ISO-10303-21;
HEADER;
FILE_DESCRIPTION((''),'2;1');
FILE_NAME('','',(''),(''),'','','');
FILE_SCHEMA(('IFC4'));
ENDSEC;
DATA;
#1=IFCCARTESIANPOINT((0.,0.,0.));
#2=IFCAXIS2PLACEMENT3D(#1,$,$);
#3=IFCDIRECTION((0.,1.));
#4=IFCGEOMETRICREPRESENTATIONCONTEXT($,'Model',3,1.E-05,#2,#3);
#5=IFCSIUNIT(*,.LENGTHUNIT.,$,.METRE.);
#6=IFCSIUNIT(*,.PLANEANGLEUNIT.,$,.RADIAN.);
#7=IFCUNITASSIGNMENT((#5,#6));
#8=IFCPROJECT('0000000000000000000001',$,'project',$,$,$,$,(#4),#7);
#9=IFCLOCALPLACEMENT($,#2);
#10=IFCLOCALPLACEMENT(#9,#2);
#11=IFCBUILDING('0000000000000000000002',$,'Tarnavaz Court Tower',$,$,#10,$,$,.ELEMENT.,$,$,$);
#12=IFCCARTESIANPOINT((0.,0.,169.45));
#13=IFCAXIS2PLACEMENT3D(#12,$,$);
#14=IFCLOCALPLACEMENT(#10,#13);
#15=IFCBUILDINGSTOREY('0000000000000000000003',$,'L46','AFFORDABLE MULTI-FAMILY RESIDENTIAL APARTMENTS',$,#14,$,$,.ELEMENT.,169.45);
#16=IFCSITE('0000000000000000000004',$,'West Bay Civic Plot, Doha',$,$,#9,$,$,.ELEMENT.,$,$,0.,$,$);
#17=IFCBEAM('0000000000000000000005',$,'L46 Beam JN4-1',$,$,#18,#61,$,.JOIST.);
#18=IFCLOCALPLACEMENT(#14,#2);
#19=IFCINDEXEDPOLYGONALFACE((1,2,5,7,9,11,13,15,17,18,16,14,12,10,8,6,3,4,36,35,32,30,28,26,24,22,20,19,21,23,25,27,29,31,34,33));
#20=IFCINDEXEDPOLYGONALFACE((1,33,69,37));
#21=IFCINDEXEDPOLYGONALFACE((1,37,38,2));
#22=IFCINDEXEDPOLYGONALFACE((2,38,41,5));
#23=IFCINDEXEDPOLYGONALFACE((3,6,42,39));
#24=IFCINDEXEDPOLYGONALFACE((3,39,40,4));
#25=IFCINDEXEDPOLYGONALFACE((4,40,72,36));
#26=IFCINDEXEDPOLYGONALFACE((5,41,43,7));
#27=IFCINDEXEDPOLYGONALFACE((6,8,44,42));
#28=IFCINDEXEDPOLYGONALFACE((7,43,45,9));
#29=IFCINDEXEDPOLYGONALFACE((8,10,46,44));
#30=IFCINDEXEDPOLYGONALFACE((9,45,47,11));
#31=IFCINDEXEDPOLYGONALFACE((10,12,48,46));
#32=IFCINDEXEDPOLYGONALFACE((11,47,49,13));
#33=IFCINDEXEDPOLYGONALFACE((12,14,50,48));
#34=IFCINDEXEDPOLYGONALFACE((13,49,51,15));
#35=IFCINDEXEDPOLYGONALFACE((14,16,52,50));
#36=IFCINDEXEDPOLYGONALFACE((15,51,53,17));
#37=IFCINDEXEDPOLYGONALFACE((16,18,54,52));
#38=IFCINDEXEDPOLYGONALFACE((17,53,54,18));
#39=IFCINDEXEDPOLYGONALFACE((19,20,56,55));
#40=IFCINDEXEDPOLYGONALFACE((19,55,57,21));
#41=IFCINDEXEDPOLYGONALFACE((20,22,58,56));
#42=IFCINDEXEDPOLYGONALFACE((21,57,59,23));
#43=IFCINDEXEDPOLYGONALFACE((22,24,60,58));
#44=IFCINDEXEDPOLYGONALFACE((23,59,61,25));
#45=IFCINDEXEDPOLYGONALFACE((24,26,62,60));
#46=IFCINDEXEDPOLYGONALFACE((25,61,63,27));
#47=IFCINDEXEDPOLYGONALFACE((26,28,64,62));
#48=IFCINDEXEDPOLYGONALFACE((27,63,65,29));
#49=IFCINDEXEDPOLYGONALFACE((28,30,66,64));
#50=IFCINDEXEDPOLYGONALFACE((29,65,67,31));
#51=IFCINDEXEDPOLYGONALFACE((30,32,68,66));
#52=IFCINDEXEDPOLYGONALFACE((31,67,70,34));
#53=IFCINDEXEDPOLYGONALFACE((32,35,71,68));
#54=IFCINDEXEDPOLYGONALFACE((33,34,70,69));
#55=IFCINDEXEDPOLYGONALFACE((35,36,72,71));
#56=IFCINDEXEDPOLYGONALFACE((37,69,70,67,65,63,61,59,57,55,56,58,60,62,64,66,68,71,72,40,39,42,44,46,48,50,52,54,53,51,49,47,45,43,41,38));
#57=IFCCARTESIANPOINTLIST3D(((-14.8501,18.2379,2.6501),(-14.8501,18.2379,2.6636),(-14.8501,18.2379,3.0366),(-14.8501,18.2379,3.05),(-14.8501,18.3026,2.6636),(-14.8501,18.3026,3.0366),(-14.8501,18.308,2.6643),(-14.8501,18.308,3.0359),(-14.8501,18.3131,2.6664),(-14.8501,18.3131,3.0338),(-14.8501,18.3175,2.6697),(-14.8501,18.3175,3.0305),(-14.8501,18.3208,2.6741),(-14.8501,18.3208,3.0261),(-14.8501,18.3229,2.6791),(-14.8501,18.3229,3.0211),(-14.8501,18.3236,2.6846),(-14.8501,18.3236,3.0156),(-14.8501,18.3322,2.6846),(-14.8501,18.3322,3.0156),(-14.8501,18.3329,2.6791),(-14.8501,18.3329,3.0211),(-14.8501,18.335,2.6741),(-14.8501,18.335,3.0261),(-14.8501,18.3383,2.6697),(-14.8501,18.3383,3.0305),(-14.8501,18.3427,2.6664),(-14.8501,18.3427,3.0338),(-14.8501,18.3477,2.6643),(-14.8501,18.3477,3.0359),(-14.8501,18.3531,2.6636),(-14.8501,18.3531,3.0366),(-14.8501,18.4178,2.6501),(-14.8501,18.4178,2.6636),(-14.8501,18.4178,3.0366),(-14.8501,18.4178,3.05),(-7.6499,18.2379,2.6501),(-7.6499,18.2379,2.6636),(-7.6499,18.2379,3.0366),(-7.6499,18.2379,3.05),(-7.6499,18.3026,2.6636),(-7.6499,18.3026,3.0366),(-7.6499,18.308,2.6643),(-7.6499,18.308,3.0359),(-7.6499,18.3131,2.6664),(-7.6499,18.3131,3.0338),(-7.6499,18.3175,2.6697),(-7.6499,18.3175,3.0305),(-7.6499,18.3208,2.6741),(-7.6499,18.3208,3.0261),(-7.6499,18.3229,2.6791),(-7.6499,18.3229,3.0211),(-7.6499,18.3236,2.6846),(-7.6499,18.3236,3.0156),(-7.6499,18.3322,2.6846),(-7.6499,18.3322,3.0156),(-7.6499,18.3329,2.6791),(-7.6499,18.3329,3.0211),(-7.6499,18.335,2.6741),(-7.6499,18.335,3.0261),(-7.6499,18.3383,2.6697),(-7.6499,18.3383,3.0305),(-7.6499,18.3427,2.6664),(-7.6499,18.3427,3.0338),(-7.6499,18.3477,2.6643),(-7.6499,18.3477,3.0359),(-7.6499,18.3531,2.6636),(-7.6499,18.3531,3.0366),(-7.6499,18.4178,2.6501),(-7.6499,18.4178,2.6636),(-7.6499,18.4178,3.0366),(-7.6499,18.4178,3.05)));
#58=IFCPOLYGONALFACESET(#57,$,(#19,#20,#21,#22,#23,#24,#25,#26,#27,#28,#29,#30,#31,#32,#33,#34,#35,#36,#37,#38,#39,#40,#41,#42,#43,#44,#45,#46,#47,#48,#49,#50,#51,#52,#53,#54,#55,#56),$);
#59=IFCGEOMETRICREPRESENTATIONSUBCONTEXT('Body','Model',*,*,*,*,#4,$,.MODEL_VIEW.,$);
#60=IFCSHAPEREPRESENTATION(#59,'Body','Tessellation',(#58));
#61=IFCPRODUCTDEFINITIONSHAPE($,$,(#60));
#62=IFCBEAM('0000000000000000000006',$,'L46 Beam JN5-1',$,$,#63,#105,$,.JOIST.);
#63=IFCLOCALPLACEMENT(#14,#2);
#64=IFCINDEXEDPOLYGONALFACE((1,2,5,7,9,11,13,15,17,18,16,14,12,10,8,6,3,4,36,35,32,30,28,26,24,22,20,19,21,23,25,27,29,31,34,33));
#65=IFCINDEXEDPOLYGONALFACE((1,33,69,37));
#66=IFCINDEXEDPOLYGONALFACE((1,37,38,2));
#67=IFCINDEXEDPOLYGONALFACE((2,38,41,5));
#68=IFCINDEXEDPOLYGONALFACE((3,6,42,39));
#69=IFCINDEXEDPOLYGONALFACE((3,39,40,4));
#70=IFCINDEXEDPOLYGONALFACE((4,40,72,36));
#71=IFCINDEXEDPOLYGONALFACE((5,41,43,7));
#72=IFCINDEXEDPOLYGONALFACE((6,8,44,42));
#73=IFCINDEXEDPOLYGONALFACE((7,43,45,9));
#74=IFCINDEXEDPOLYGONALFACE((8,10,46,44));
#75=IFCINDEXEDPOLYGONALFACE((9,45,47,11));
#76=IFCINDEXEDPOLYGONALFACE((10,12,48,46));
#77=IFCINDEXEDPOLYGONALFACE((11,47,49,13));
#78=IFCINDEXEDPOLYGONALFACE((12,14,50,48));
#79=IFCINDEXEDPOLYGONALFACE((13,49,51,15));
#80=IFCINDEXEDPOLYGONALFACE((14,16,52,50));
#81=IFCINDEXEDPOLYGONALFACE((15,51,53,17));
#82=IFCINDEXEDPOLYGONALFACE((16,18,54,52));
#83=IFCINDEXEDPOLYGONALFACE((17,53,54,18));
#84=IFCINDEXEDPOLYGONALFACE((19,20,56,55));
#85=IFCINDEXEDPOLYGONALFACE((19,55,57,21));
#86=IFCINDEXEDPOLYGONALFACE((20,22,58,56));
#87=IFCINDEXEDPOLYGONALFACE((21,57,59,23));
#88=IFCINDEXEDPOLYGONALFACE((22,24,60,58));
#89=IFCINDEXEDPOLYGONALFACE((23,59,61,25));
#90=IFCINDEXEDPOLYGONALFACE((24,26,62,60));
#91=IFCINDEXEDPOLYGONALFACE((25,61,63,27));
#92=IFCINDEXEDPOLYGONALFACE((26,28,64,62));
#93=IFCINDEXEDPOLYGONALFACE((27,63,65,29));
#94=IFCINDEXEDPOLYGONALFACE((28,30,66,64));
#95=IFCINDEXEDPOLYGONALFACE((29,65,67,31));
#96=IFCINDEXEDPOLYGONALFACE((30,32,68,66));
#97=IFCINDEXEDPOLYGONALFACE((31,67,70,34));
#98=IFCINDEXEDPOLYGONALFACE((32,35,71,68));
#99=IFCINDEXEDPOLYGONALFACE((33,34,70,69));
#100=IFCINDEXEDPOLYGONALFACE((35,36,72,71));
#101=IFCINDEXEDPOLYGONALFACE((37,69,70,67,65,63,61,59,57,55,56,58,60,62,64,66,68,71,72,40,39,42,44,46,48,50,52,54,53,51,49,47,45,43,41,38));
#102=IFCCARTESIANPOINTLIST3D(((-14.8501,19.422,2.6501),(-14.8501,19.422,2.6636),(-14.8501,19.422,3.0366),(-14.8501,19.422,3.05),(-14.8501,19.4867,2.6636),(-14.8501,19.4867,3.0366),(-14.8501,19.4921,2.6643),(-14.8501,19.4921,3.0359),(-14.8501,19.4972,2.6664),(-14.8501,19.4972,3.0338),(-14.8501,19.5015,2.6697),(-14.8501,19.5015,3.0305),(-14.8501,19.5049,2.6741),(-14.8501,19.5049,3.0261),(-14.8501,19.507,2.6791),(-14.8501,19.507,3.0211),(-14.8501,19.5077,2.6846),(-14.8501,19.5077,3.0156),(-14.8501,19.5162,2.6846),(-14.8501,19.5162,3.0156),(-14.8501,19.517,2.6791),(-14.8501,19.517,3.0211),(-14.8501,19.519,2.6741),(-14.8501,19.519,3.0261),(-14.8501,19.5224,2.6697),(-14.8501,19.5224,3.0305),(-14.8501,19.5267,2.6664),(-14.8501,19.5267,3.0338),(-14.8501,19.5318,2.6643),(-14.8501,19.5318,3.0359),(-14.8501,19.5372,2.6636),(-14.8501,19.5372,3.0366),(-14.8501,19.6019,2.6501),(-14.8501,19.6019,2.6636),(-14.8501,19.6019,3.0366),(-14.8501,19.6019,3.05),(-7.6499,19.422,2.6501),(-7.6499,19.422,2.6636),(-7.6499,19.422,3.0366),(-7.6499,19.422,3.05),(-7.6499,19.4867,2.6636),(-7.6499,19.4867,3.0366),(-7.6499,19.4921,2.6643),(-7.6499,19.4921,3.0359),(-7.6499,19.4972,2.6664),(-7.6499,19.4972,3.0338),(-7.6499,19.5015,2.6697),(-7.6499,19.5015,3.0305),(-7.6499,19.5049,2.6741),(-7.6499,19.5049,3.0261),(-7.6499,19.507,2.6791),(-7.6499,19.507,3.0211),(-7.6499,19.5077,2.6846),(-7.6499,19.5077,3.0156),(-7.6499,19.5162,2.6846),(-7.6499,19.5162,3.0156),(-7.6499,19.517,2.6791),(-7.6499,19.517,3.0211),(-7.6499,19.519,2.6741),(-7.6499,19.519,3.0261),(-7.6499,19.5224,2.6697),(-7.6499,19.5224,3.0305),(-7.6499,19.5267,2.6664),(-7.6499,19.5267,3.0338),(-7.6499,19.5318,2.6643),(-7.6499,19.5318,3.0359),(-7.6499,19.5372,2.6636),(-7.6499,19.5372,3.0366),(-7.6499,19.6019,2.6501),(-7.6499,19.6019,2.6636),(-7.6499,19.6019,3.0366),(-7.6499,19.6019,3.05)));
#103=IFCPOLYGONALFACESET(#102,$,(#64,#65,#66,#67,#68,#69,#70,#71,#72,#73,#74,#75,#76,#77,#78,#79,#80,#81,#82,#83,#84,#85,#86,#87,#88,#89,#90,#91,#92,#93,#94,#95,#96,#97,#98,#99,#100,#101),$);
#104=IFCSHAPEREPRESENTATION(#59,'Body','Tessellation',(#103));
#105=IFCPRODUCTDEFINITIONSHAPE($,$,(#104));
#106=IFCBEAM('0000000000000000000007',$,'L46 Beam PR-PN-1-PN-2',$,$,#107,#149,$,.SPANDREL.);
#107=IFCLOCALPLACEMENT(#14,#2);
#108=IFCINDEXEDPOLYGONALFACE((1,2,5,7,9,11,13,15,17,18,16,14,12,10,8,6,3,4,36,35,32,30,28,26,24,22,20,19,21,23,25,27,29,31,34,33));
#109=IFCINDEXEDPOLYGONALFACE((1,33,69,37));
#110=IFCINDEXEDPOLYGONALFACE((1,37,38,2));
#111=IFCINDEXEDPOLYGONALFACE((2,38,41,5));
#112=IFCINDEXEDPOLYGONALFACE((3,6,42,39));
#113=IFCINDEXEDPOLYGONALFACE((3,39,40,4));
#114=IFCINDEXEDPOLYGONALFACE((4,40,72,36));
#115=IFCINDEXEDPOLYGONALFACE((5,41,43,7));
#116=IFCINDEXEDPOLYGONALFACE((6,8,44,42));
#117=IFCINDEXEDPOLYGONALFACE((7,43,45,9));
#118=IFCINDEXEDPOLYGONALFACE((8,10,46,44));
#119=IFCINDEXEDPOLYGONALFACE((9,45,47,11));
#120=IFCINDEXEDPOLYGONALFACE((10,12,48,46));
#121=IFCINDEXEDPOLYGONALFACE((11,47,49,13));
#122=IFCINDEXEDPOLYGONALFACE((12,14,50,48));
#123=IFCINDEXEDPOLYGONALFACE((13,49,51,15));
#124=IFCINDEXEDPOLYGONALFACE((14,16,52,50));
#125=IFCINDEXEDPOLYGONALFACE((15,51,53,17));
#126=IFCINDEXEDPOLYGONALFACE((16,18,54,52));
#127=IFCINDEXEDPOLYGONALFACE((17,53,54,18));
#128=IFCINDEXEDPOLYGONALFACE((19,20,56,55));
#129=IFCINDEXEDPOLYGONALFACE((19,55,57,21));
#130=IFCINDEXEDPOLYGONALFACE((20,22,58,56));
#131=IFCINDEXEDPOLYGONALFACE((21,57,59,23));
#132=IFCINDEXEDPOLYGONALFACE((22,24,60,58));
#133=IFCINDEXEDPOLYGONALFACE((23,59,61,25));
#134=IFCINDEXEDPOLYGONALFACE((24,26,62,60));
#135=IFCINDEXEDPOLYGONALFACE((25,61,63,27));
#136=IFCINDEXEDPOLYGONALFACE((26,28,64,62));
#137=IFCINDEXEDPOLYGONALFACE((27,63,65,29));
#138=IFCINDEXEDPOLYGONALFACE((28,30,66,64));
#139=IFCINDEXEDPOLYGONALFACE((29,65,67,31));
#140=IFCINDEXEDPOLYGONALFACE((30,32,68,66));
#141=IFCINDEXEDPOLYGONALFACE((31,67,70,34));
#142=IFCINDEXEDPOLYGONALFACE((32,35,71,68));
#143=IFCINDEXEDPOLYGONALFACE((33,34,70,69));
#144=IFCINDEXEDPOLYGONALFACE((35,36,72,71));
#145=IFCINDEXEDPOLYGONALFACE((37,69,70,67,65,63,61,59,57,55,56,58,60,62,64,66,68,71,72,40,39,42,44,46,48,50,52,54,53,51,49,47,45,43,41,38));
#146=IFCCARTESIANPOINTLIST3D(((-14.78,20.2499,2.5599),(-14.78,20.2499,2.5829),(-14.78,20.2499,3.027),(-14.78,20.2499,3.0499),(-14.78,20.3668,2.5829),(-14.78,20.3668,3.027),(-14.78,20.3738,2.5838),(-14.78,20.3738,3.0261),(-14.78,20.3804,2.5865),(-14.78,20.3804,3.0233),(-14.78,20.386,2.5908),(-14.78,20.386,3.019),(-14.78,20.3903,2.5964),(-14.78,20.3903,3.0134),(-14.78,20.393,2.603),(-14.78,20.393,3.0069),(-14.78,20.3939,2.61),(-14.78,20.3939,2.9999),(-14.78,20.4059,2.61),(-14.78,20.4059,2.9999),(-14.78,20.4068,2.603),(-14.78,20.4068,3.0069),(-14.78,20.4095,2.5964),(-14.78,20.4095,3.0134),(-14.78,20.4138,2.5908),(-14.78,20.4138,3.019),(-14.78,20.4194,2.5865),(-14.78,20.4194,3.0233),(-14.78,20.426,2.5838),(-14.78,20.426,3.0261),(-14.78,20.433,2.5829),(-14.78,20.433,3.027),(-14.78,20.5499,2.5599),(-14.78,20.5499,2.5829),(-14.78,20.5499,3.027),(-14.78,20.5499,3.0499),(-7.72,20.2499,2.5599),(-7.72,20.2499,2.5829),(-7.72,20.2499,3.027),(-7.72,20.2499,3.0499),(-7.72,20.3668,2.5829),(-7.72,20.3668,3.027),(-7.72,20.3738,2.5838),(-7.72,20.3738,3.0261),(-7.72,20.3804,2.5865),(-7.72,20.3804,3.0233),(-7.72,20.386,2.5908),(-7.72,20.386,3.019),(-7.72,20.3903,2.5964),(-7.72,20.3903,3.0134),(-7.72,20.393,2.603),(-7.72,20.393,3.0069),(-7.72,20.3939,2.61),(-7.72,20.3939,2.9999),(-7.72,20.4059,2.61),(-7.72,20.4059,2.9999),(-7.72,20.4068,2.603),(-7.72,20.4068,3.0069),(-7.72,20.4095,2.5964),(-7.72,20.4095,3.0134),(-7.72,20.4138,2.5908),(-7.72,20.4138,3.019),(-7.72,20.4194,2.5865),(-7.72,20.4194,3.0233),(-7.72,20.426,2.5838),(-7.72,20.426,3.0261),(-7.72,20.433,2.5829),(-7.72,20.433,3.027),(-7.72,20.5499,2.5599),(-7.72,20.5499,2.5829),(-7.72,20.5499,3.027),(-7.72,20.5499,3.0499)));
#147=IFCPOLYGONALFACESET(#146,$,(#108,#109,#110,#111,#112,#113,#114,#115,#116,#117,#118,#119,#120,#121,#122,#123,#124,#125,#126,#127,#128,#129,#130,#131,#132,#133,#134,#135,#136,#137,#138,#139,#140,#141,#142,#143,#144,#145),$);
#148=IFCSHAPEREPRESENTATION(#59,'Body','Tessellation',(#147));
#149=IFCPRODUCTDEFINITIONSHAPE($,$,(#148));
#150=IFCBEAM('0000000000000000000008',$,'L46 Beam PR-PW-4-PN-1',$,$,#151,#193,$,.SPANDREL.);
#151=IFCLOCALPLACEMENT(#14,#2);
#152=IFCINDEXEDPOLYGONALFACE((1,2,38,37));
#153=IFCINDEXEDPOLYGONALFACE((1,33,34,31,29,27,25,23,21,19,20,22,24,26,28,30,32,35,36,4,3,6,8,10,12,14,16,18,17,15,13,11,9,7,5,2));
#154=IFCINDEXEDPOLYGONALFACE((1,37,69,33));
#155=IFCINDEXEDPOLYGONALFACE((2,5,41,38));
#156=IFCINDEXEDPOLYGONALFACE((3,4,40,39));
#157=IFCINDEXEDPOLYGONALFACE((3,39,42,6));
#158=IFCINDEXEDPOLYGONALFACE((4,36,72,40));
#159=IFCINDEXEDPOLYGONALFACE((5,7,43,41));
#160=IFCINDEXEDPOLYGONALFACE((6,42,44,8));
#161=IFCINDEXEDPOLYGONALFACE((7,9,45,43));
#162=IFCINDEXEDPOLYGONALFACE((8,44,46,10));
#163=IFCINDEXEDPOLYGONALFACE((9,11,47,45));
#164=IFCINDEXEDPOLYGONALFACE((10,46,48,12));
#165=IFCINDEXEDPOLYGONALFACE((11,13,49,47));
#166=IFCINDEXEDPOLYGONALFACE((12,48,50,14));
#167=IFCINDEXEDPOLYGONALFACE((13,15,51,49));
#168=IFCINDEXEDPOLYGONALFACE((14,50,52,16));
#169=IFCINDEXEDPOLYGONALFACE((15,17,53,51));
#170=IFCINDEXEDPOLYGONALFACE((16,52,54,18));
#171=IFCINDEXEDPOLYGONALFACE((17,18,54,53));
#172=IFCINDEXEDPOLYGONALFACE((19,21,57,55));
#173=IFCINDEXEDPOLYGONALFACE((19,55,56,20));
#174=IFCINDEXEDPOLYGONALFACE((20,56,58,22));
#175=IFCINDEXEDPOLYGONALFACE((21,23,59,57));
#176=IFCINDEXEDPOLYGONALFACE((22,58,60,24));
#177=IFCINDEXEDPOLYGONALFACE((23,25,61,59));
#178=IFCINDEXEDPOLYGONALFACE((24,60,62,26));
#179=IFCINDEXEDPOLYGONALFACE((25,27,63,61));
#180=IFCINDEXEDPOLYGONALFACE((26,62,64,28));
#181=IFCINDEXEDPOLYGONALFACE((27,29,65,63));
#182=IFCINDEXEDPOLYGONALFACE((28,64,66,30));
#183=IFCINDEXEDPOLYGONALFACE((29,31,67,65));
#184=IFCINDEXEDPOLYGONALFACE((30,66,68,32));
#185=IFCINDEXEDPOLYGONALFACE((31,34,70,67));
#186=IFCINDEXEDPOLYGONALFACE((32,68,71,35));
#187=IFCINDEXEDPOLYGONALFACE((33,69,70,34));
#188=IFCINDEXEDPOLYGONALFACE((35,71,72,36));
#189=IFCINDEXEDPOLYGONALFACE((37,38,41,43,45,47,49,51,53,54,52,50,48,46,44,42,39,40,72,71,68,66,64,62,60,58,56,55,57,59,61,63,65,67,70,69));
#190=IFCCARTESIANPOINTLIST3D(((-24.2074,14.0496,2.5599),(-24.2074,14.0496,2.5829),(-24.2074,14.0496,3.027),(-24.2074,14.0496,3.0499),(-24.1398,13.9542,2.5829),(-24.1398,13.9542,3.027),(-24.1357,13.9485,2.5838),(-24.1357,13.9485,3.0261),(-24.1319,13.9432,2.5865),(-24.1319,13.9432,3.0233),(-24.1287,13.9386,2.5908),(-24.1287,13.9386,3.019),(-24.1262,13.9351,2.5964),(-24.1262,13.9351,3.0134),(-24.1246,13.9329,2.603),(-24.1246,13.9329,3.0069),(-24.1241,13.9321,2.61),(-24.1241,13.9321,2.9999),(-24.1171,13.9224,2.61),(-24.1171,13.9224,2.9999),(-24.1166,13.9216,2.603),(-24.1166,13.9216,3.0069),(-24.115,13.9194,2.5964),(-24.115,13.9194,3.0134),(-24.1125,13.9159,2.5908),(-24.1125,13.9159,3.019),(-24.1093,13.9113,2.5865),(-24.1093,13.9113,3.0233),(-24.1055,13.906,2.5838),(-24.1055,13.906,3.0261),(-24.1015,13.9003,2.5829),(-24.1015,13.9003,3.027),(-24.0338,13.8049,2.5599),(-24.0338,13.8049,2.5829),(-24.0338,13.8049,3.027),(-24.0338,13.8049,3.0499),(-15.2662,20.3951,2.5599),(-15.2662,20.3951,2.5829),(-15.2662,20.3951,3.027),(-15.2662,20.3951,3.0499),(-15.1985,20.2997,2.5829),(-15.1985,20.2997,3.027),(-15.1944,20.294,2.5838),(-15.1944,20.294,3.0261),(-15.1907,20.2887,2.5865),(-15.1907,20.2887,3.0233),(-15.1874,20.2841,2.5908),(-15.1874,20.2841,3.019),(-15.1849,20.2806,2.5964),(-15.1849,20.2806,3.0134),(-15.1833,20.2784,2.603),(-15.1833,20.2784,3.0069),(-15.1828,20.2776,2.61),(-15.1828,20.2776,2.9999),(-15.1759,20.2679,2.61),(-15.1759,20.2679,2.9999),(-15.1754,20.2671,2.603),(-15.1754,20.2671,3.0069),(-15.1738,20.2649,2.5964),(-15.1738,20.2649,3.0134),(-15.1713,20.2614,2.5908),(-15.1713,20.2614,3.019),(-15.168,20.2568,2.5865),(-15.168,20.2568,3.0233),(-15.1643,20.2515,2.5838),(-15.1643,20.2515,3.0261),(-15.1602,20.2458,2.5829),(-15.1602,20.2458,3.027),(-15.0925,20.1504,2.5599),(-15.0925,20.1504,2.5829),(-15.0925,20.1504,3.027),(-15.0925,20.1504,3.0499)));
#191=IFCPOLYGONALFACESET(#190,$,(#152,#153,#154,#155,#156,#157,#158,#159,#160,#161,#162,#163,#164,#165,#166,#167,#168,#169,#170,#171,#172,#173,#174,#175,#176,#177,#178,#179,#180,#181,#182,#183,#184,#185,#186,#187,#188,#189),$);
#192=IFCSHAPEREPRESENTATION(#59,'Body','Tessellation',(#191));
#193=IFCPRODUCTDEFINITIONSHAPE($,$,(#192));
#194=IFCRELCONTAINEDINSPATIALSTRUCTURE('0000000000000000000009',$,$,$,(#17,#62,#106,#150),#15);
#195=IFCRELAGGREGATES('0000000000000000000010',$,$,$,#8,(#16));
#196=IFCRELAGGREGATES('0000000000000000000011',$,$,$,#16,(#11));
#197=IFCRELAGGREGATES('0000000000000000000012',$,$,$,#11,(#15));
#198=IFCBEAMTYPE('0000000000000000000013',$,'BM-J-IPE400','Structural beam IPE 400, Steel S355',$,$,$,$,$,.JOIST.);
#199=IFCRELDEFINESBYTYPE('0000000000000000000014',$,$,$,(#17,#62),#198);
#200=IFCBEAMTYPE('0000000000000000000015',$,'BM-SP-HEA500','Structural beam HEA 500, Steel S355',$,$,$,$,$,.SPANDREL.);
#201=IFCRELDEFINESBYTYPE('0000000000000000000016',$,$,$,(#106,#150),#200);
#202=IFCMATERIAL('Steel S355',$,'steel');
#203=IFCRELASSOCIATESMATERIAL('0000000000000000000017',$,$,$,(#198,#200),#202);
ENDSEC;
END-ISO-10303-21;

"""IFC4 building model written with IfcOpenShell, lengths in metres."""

from ifc_helpers import new_model, si_unit, direction, frame, origin, origin_2d, place, context, subcontext, project, spatial, i_section, extrude, material, material_profile, profile_set, type_object, element, save


model = new_model("IFC4")

# Units and contexts
model_context = context("Model", 3, precision=1e-05, world=origin(), true_north=direction((0.0, 1.0)))
body_context = subcontext(model_context, "Body", "Model", "MODEL_VIEW")
ifc_project = project(units=[si_unit("LENGTHUNIT", "METRE"), si_unit("PLANEANGLEUNIT", "RADIAN")], contexts=[model_context])

# Site, building, storey
site_placement = place(None, origin())
site = spatial("IfcSite", under=ifc_project, at=site_placement, Name="West Bay Civic Plot, Doha", CompositionType="ELEMENT", RefElevation=0.0)
building_placement = place(site_placement, origin())
building = spatial("IfcBuilding", under=site, at=building_placement, Name="Tarnavaz Court Tower", CompositionType="ELEMENT")
storey_placement = place(building_placement, frame((0.0, 0.0, 169.45)))
storey = spatial("IfcBuildingStorey", under=building, at=storey_placement, Name="L46", Description="AFFORDABLE MULTI-FAMILY RESIDENTIAL APARTMENTS", CompositionType="ELEMENT", Elevation=169.45)

# Beams
ifc_material_1 = material(Name="Steel S355", Category="steel")
ifc_material_profile_1 = material_profile(ifc_material_1, i_section(OverallWidth=0.1799, OverallDepth=0.3999, WebThickness=0.0085, FlangeThickness=0.0134, FilletRadius=0.021, at=origin_2d()), Name="IPE 400")
ifc_profile_set_1 = profile_set([ifc_material_profile_1], Name="Steel S355")
beam_type_1 = type_object("IfcBeamType", Name="BM-J-IPE400", Description="Structural beam IPE 400, Steel S355", PredefinedType="JOIST", material=ifc_profile_set_1)
for number, where, z_axis, x_axis, name in (
    (1, (-14.8501, 18.3279, 2.8501), (1.0, 0.0, 0.0), (0.0, 1.0, 0.0), "L46 Beam JN4-1"),
    (2, (-14.8501, 19.512, 2.8501), (1.0, 0.0, 0.0), (0.0, 1.0, 0.0), "L46 Beam JN5-1"),
):
    element("IfcBeam", number, at=place(storey_placement, frame(where, z_axis=z_axis, x_axis=x_axis)), inside=storey, type_object=beam_type_1, Name=name, PredefinedType="JOIST", context=body_context, shape_type="SweptSolid", body=[
        extrude(i_section(OverallWidth=0.1799, OverallDepth=0.3999, WebThickness=0.0085, FlangeThickness=0.0134, FilletRadius=0.021, at=origin_2d()), origin(), (0.0, 0.0, 1.0), 7.2002),
    ])
ifc_material_profile_2 = material_profile(ifc_material_1, i_section(OverallWidth=0.3, OverallDepth=0.49, WebThickness=0.012, FlangeThickness=0.0229, FilletRadius=0.0271, at=origin_2d()), Name="HEA 500")
ifc_profile_set_2 = profile_set([ifc_material_profile_2], Name="Steel S355")
beam_type_2 = type_object("IfcBeamType", Name="BM-SP-HEA500", Description="Structural beam HEA 500, Steel S355", PredefinedType="SPANDREL", material=ifc_profile_set_2)
beam_1_placement = place(storey_placement, frame((-14.78, 20.3999, 2.8049), z_axis=(1.0, 0.0, 0.0), x_axis=(0.0, 1.0, 0.0)))
element("IfcBeam", 3, at=beam_1_placement, inside=storey, type_object=beam_type_2, Name="L46 Beam PR-PN-1-PN-2", PredefinedType="SPANDREL", context=body_context, shape_type="SweptSolid", body=[
    extrude(i_section(OverallWidth=0.3, OverallDepth=0.49, WebThickness=0.012, FlangeThickness=0.0229, FilletRadius=0.0271, at=origin_2d()), origin(), (0.0, 0.0, 1.0), 7.0601),
])
beam_2_placement = place(storey_placement, frame((-24.1206, 13.9272, 2.8049), z_axis=(0.815502, 0.578754, 0.0), x_axis=(-0.578754, 0.815502, 0.0)))
element("IfcBeam", 4, at=beam_2_placement, inside=storey, type_object=beam_type_2, Name="L46 Beam PR-PW-4-PN-1", PredefinedType="SPANDREL", context=body_context, shape_type="SweptSolid", body=[
    extrude(i_section(OverallWidth=0.3, OverallDepth=0.49, WebThickness=0.012, FlangeThickness=0.0229, FilletRadius=0.0271, at=origin_2d()), origin(), (0.0, 0.0, 1.0), 10.9641),
])

save(model, "model.ifc")
